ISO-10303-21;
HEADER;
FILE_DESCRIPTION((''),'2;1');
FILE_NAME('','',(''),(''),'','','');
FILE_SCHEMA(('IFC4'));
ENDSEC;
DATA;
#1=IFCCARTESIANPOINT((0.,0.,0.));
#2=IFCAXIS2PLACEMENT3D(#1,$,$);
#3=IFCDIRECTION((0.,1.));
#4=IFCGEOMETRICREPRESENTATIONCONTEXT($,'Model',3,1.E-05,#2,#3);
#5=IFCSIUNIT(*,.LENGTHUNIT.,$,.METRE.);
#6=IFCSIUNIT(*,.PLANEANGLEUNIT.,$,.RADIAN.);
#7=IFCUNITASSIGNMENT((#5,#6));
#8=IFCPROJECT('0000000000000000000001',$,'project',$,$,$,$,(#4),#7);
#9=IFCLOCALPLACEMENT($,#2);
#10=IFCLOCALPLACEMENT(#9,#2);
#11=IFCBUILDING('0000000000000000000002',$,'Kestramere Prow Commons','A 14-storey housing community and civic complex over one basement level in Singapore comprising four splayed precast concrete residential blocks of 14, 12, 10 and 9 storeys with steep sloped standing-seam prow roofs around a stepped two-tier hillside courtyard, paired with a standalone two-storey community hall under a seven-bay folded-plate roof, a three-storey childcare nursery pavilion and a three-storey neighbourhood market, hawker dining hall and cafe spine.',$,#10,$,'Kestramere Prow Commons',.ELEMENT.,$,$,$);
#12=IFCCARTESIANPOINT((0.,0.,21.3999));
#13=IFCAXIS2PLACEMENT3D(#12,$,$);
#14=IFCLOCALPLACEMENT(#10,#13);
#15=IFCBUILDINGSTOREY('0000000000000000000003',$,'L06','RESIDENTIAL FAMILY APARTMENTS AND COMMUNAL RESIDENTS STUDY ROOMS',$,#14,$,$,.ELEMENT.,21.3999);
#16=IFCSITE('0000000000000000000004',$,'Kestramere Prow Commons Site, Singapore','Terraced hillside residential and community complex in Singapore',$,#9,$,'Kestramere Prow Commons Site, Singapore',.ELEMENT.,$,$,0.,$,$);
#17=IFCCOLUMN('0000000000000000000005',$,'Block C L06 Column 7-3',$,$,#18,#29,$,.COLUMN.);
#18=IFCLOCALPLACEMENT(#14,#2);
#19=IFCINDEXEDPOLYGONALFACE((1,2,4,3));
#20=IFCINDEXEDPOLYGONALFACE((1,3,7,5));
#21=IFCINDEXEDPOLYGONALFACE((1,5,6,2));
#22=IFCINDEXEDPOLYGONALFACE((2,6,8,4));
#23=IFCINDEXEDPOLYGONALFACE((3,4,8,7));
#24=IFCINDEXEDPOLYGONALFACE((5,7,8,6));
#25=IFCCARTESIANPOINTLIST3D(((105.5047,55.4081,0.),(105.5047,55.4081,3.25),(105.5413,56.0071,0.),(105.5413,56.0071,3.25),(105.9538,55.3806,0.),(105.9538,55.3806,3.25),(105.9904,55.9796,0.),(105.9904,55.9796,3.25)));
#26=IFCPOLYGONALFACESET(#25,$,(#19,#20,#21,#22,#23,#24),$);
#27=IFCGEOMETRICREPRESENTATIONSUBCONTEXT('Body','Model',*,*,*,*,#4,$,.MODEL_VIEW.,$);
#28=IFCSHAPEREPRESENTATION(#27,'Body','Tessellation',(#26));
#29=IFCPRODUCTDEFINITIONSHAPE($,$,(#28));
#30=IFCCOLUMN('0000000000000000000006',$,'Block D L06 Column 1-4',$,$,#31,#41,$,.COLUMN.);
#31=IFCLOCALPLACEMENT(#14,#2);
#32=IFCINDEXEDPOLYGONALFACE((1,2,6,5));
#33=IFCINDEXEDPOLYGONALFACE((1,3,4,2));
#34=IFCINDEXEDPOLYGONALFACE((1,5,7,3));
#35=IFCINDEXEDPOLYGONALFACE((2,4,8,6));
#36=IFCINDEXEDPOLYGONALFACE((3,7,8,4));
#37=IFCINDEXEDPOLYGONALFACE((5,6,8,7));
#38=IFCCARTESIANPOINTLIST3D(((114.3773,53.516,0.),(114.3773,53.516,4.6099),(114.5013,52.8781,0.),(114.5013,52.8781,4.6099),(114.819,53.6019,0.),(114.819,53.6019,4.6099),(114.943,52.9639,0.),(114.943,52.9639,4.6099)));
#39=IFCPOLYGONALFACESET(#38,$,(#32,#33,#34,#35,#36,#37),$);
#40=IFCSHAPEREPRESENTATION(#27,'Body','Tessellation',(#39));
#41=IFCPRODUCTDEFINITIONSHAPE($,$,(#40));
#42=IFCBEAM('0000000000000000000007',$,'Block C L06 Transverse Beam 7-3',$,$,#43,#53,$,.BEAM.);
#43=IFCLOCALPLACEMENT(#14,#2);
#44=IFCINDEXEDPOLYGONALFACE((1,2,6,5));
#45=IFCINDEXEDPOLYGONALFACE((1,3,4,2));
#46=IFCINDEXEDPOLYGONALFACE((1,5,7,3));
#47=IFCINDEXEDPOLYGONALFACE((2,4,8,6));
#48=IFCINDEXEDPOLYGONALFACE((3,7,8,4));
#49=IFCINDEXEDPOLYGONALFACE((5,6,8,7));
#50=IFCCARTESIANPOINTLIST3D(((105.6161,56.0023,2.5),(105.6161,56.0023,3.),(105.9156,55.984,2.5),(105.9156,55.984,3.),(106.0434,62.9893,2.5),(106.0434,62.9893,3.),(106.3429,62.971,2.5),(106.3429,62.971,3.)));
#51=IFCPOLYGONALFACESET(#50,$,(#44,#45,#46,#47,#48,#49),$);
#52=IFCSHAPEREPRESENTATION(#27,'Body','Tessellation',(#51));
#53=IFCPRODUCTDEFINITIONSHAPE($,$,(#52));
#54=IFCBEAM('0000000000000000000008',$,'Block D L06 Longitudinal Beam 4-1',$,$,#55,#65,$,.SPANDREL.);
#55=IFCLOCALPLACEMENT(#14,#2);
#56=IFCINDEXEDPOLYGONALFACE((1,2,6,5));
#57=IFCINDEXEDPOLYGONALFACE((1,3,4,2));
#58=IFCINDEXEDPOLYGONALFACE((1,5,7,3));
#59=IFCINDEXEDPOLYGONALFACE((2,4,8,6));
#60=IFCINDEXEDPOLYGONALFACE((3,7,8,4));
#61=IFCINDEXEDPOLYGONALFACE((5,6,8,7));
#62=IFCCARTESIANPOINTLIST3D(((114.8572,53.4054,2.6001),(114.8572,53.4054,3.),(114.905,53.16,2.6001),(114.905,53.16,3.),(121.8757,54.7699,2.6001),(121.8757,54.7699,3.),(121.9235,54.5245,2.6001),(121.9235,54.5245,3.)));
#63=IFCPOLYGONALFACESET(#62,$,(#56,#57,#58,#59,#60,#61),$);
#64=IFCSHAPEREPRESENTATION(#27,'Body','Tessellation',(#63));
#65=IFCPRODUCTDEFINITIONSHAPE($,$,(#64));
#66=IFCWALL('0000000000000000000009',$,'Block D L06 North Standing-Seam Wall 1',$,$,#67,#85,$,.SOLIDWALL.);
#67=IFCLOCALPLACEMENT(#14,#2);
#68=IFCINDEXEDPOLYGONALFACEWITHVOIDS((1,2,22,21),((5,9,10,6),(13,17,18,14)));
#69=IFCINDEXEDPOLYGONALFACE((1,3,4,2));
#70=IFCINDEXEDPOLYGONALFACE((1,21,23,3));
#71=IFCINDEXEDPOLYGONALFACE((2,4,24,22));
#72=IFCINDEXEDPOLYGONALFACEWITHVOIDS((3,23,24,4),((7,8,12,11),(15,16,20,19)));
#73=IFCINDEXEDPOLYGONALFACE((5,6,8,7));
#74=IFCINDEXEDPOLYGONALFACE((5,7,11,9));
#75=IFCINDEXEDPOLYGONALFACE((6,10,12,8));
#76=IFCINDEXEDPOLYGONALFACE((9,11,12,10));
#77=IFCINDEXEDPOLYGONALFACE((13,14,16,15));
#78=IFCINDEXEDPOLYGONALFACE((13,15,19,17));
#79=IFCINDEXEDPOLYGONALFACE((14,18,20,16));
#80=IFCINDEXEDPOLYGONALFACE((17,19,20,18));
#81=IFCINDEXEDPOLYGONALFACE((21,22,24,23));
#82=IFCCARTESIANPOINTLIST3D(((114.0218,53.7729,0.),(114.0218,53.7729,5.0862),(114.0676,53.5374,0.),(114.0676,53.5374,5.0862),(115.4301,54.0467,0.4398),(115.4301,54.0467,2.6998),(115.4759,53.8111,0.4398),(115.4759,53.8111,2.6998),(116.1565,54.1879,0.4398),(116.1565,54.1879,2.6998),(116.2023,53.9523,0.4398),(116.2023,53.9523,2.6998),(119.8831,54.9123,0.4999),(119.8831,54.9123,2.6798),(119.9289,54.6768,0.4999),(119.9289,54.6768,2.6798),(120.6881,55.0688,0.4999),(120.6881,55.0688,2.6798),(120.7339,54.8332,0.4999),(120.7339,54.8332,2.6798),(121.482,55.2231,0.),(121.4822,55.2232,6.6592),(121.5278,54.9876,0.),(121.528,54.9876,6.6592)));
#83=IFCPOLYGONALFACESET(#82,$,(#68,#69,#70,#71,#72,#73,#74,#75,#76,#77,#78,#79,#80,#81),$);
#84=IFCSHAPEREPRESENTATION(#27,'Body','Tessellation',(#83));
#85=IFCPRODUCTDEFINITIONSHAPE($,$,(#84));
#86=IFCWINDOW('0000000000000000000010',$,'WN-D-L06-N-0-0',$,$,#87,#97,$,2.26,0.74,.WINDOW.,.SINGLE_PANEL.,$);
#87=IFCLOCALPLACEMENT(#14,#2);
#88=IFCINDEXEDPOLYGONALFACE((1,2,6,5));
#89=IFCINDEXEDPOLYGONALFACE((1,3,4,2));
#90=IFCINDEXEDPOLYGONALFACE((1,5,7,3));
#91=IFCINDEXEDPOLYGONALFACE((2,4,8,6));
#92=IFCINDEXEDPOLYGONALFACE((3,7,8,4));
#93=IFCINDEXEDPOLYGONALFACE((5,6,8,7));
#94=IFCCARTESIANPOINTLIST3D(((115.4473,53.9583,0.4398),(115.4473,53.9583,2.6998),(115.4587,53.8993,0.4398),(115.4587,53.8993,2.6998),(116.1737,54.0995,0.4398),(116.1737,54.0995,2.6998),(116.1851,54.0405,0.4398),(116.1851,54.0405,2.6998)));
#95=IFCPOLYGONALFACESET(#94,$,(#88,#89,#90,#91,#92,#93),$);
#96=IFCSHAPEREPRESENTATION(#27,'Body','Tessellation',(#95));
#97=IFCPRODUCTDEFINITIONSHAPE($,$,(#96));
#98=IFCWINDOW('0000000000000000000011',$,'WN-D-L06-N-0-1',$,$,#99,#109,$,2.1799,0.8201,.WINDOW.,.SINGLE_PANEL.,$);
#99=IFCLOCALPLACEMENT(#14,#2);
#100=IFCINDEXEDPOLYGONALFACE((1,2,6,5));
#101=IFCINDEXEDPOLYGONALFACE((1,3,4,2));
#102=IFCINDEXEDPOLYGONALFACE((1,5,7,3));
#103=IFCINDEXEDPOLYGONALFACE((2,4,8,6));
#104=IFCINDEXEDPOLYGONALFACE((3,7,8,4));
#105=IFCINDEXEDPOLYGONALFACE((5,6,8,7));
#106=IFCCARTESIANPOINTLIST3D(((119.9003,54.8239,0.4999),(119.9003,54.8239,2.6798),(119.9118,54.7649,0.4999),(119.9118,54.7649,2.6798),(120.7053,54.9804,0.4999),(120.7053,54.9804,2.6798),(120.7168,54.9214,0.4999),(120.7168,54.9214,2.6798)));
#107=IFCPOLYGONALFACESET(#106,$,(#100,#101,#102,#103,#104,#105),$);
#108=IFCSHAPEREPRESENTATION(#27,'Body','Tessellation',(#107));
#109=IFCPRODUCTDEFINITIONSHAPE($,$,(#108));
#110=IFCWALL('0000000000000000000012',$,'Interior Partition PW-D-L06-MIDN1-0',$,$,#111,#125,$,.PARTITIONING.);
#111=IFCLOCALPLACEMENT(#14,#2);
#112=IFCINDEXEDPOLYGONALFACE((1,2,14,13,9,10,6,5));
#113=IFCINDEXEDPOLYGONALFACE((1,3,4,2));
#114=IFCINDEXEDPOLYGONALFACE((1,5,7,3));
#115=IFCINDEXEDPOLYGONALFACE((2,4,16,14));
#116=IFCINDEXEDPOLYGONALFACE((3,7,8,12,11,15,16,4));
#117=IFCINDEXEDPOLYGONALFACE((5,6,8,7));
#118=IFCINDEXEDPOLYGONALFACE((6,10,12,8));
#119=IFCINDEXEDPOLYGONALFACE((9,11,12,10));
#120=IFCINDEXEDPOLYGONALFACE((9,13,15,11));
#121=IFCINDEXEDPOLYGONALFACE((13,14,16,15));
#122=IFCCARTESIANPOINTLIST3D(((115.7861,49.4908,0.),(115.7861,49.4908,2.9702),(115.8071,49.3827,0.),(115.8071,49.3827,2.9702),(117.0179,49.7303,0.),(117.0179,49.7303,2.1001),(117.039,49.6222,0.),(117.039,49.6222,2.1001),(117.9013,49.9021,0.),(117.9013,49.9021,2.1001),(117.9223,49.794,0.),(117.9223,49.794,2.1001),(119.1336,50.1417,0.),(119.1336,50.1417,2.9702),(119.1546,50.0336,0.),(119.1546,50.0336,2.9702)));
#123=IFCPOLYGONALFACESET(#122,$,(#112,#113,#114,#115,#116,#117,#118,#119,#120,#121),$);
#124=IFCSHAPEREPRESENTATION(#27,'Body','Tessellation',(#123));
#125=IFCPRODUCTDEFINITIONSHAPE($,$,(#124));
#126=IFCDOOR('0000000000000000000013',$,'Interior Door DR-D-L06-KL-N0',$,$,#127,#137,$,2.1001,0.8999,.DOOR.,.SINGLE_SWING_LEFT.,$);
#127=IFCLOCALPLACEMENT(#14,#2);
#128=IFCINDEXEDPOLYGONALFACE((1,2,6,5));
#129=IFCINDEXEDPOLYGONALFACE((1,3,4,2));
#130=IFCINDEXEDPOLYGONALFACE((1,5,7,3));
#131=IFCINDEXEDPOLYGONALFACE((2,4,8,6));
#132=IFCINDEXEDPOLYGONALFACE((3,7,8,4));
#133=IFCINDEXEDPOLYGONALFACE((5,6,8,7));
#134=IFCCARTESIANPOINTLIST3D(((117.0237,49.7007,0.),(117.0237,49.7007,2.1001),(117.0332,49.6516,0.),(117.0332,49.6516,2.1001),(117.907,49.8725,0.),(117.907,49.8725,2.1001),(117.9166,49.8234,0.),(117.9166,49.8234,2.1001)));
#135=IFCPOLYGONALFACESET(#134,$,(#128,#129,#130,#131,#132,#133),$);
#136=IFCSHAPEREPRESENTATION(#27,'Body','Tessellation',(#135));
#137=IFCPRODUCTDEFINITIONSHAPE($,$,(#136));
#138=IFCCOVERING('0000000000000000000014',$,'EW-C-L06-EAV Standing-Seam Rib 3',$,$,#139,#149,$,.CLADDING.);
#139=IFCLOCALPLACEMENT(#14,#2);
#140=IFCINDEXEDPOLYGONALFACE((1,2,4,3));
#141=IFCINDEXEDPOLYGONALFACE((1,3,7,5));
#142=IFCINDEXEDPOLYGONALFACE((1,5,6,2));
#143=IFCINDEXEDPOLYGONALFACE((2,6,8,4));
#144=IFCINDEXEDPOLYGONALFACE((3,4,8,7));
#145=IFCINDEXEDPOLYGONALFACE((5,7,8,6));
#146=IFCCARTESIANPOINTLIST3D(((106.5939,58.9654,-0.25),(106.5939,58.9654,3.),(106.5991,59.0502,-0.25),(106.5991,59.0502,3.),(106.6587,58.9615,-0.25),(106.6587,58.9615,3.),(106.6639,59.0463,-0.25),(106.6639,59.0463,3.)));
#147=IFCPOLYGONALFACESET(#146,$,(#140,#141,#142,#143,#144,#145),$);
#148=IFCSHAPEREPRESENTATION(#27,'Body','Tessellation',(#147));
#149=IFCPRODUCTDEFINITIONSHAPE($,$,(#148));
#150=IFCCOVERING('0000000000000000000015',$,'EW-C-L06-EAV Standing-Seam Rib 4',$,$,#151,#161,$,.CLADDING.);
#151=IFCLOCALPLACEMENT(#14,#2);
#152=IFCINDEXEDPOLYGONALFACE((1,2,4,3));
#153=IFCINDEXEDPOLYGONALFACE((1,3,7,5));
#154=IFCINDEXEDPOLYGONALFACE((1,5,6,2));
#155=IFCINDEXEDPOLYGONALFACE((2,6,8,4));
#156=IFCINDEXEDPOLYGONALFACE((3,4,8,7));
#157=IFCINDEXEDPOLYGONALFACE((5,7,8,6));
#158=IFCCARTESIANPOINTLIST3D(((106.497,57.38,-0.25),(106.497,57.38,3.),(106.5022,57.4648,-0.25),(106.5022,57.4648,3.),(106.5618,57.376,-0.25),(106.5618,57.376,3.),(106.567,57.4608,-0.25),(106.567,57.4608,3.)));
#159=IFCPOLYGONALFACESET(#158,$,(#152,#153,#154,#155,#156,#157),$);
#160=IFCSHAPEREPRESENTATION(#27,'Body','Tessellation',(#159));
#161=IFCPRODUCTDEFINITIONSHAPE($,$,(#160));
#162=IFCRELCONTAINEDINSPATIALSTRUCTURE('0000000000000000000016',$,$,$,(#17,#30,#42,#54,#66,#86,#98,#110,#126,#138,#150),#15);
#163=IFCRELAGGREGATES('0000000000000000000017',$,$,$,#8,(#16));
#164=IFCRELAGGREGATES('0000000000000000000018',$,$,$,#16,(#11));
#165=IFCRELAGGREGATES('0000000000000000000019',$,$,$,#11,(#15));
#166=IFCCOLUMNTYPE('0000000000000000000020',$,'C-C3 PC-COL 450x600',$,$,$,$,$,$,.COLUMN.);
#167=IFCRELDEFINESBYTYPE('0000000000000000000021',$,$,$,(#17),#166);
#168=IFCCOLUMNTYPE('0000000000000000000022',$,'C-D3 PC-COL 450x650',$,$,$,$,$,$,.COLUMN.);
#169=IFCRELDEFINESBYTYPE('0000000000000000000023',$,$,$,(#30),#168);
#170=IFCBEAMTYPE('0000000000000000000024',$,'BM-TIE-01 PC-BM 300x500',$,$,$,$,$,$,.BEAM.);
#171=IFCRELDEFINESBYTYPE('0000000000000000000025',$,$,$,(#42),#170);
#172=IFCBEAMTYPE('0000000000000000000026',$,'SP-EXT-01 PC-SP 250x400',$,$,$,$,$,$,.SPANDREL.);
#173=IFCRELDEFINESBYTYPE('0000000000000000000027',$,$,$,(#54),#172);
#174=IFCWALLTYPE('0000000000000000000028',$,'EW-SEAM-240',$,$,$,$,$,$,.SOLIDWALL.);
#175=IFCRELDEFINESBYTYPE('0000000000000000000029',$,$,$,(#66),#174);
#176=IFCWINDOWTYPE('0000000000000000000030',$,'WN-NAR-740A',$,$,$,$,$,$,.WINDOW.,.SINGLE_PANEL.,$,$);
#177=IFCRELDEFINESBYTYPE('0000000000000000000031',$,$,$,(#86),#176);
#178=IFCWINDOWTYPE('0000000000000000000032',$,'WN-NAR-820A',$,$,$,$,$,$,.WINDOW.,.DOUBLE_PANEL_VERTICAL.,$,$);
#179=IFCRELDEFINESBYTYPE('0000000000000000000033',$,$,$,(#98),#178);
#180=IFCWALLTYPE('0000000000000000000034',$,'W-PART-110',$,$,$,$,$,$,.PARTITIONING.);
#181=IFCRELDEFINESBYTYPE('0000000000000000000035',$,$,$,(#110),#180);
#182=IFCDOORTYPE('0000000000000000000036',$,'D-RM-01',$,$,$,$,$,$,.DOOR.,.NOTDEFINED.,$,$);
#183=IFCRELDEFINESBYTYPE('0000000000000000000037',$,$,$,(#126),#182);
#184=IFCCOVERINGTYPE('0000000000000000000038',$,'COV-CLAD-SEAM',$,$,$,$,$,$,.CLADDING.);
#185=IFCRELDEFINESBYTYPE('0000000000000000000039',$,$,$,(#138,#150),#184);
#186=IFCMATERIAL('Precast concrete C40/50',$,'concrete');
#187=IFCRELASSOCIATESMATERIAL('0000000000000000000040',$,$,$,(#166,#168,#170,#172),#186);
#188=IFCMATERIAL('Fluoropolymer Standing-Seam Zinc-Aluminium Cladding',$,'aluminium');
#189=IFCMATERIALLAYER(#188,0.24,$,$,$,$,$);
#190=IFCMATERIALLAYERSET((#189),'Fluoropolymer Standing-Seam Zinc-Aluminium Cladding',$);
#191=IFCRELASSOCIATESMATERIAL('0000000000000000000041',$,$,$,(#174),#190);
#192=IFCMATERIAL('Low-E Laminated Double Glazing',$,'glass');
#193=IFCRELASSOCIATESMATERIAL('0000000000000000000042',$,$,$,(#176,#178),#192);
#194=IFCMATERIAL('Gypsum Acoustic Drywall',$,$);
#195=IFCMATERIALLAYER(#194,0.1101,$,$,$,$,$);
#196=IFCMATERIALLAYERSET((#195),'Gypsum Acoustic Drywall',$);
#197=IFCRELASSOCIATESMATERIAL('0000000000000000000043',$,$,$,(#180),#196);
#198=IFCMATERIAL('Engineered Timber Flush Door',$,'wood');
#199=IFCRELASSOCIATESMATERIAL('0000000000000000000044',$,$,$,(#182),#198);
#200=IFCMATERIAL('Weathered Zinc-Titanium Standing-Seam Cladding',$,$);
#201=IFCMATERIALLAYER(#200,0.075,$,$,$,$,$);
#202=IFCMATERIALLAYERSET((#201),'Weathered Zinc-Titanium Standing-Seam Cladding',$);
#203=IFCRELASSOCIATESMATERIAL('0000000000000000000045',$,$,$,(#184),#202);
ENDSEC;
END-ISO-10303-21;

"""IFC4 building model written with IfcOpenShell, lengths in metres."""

from ifc_helpers import new_model, si_unit, direction, frame, frame_2d, origin, origin_2d, place, context, subcontext, project, spatial, polyline, rectangle, outline, extrude, material, layer, layer_set, material_profile, profile_set, type_object, element, fill, save


model = new_model("IFC4")

# Units and contexts
model_context = context("Model", 3, precision=1e-05, world=origin(), true_north=direction((0.0, 1.0)))
body_context = subcontext(model_context, "Body", "Model", "MODEL_VIEW")
ifc_project = project(units=[si_unit("LENGTHUNIT", "METRE"), si_unit("PLANEANGLEUNIT", "RADIAN")], contexts=[model_context])

# Site, building, storey
site_placement = place(None, origin())
site = spatial("IfcSite", under=ifc_project, at=site_placement, Name="Kestramere Prow Commons Site, Singapore", Description="Terraced hillside residential and community complex in Singapore", LongName="Kestramere Prow Commons Site, Singapore", CompositionType="ELEMENT", RefElevation=0.0)
building_placement = place(site_placement, origin())
building = spatial("IfcBuilding", under=site, at=building_placement, Name="Kestramere Prow Commons", Description="A 14-storey housing community and civic complex over one basement level in Singapore comprising four splayed precast concrete residential blocks of 14, 12, 10 and 9 storeys with steep sloped standing-seam prow roofs around a stepped two-tier hillside courtyard, paired with a standalone two-storey community hall under a seven-bay folded-plate roof, a three-storey childcare nursery pavilion and a three-storey neighbourhood market, hawker dining hall and cafe spine.", LongName="Kestramere Prow Commons", CompositionType="ELEMENT")
storey_placement = place(building_placement, frame((0.0, 0.0, 21.3999)))
storey = spatial("IfcBuildingStorey", under=building, at=storey_placement, Name="L06", Description="RESIDENTIAL FAMILY APARTMENTS AND COMMUNAL RESIDENTS STUDY ROOMS", CompositionType="ELEMENT", Elevation=21.3999)

# Columns
ifc_material_1 = material(Name="Precast concrete C40/50", Category="concrete")
ifc_material_profile_1 = material_profile(ifc_material_1, rectangle(XDim=0.45, YDim=0.6001, at=origin_2d()), Name="PC-COL 450x600")
ifc_profile_set_1 = profile_set([ifc_material_profile_1], Name="Precast concrete C40/50")
column_type_1 = type_object("IfcColumnType", Name="C-C3 PC-COL 450x600", PredefinedType="COLUMN", material=ifc_profile_set_1)
column_1_placement = place(storey_placement, frame((105.7476, 55.6938, 0.0), z_axis=(0.0, 0.0, 1.0), x_axis=(0.998135, -0.061049, 0.0)))
element("IfcColumn", 1, at=column_1_placement, inside=storey, type_object=column_type_1, Name="Block C L06 Column 7-3", PredefinedType="COLUMN", context=body_context, shape_type="SweptSolid", body=[
    extrude(rectangle(XDim=0.45, YDim=0.6001, at=origin_2d()), origin(), (0.0, 0.0, 1.0), 3.25),
])
ifc_material_profile_2 = material_profile(ifc_material_1, rectangle(XDim=0.45, YDim=0.6499, at=origin_2d()), Name="PC-COL 450x650")
ifc_profile_set_2 = profile_set([ifc_material_profile_2], Name="Precast concrete C40/50")
column_type_2 = type_object("IfcColumnType", Name="C-D3 PC-COL 450x650", PredefinedType="COLUMN", material=ifc_profile_set_2)
column_2_placement = place(storey_placement, frame((114.6602, 53.24, 0.0), z_axis=(0.0, 0.0, 1.0), x_axis=(0.981627, 0.190809, 0.0)))
element("IfcColumn", 2, at=column_2_placement, inside=storey, type_object=column_type_2, Name="Block D L06 Column 1-4", PredefinedType="COLUMN", context=body_context, shape_type="SweptSolid", body=[
    extrude(rectangle(XDim=0.45, YDim=0.6499, at=origin_2d()), origin(), (0.0, 0.0, 1.0), 4.6099),
])

# Beams
ifc_material_profile_3 = material_profile(ifc_material_1, rectangle(XDim=0.3, YDim=0.5, at=origin_2d()), Name="PC-BM 300x500")
ifc_profile_set_3 = profile_set([ifc_material_profile_3], Name="Precast concrete C40/50")
beam_type_1 = type_object("IfcBeamType", Name="BM-TIE-01 PC-BM 300x500", PredefinedType="BEAM", material=ifc_profile_set_3)
beam_1_placement = place(storey_placement, frame((105.7659, 55.9932, 2.75), z_axis=(0.061034, 0.998136, 0.0), x_axis=(-0.998136, 0.061034, 0.0)))
element("IfcBeam", 3, at=beam_1_placement, inside=storey, type_object=beam_type_1, Name="Block C L06 Transverse Beam 7-3", PredefinedType="BEAM", context=body_context, shape_type="SweptSolid", body=[
    extrude(rectangle(XDim=0.3, YDim=0.5, at=origin_2d()), origin(), (0.0, 0.0, 1.0), 7.0),
])
ifc_material_profile_4 = material_profile(ifc_material_1, rectangle(XDim=0.25, YDim=0.3999, at=origin_2d()), Name="PC-SP 250x400")
ifc_profile_set_4 = profile_set([ifc_material_profile_4], Name="Precast concrete C40/50")
beam_type_2 = type_object("IfcBeamType", Name="SP-EXT-01 PC-SP 250x400", PredefinedType="SPANDREL", material=ifc_profile_set_4)
beam_2_placement = place(storey_placement, frame((114.8811, 53.2827, 2.8), z_axis=(0.981621, 0.19084, 0.0), x_axis=(-0.19084, 0.981621, 0.0)))
element("IfcBeam", 4, at=beam_2_placement, inside=storey, type_object=beam_type_2, Name="Block D L06 Longitudinal Beam 4-1", PredefinedType="SPANDREL", context=body_context, shape_type="SweptSolid", body=[
    extrude(rectangle(XDim=0.25, YDim=0.3999, at=origin_2d()), origin(), (0.0, 0.0, 1.0), 7.1499),
])

# Wall, openings, windows
ifc_material_2 = material(Name="Fluoropolymer Standing-Seam Zinc-Aluminium Cladding", Category="aluminium")
ifc_layer_1 = layer(ifc_material_2, 0.24)
ifc_layer_set_1 = layer_set([ifc_layer_1], Name="Fluoropolymer Standing-Seam Zinc-Aluminium Cladding")
wall_type_1 = type_object("IfcWallType", Name="EW-SEAM-240", PredefinedType="SOLIDWALL", material=ifc_layer_set_1)
wall_1_placement = place(storey_placement, frame((114.0447, 53.655, 0.0), z_axis=(0.0, 0.0, 1.0), x_axis=(0.981625, 0.190819, 0.0)))
wall_1 = element("IfcWall", 5, at=wall_1_placement, inside=storey, type_object=wall_type_1, Name="Block D L06 North Standing-Seam Wall 1", PredefinedType="SOLIDWALL", context=body_context, shape_type="SweptSolid", body=[
    extrude(outline(polyline([(0.0, 0.0), (7.5999, 0.0), (7.6001, 6.6592), (0.0, 5.0862), (0.0, 0.0)])), frame((0.0, 0.1201, 0.0), z_axis=(0.0, -1.0, 0.0), x_axis=(1.0, 0.0, 0.0)), (0.0, 0.0, 1.0), 0.24),
])
opening_1_placement = place(wall_1_placement, frame((1.4346, 0.0, 0.4399)))
opening_1 = element("IfcOpeningElement", 6, at=opening_1_placement, cuts=wall_1, PredefinedType="OPENING", context=body_context, shape_type="SweptSolid", body=[
    extrude(rectangle(XDim=0.74, YDim=2.26, at=frame_2d((0.3701, 1.1299))), frame((0.0, 0.135, 0.0), z_axis=(0.0, -1.0, 0.0), x_axis=(1.0, 0.0, 0.0)), (0.0, 0.0, 1.0), 0.27),
])
opening_2_placement = place(wall_1_placement, frame((5.9709, 0.0, 0.5)))
opening_2 = element("IfcOpeningElement", 7, at=opening_2_placement, cuts=wall_1, PredefinedType="OPENING", context=body_context, shape_type="SweptSolid", body=[
    extrude(rectangle(XDim=0.8201, YDim=2.1799, at=frame_2d((0.4102, 1.0898))), frame((0.0, 0.135, 0.0), z_axis=(0.0, -1.0, 0.0), x_axis=(1.0, 0.0, 0.0)), (0.0, 0.0, 1.0), 0.27),
])
ifc_material_3 = material(Name="Low-E Laminated Double Glazing", Category="glass")
window_type_1 = type_object("IfcWindowType", Name="WN-NAR-740A", PartitioningType="SINGLE_PANEL", PredefinedType="WINDOW", material=ifc_material_3)
window_1_placement = place(opening_1_placement, origin())
window_1 = element("IfcWindow", 8, at=window_1_placement, inside=storey, type_object=window_type_1, Name="WN-D-L06-N-0-0", OverallHeight=2.26, OverallWidth=0.74, PartitioningType="SINGLE_PANEL", PredefinedType="WINDOW", context=body_context, shape_type="SweptSolid", body=[
    extrude(rectangle(XDim=0.74, YDim=2.26, at=frame_2d((0.3701, 1.1299))), frame((0.0, 0.03, 0.0), z_axis=(0.0, -1.0, 0.0), x_axis=(1.0, 0.0, 0.0)), (0.0, 0.0, 1.0), 0.0601),
])
fill(opening_1, window_1)
window_type_2 = type_object("IfcWindowType", Name="WN-NAR-820A", PartitioningType="DOUBLE_PANEL_VERTICAL", PredefinedType="WINDOW", material=ifc_material_3)
window_2_placement = place(opening_2_placement, origin())
window_2 = element("IfcWindow", 9, at=window_2_placement, inside=storey, type_object=window_type_2, Name="WN-D-L06-N-0-1", OverallHeight=2.1799, OverallWidth=0.8201, PartitioningType="SINGLE_PANEL", PredefinedType="WINDOW", context=body_context, shape_type="SweptSolid", body=[
    extrude(rectangle(XDim=0.8201, YDim=2.1799, at=frame_2d((0.4102, 1.0898))), frame((0.0, 0.03, 0.0), z_axis=(0.0, -1.0, 0.0), x_axis=(1.0, 0.0, 0.0)), (0.0, 0.0, 1.0), 0.0601),
])
fill(opening_2, window_2)

# Wall, opening, door
ifc_material_4 = material(Name="Gypsum Acoustic Drywall")
ifc_layer_2 = layer(ifc_material_4, 0.1101)
ifc_layer_set_2 = layer_set([ifc_layer_2], Name="Gypsum Acoustic Drywall")
wall_type_2 = type_object("IfcWallType", Name="W-PART-110", PredefinedType="PARTITIONING", material=ifc_layer_set_2)
wall_2_placement = place(storey_placement, frame((115.7966, 49.4368, 0.0), z_axis=(0.0, 0.0, 1.0), x_axis=(0.981616, 0.190868, 0.0)))
wall_2 = element("IfcWall", 10, at=wall_2_placement, inside=storey, type_object=wall_type_2, Name="Interior Partition PW-D-L06-MIDN1-0", PredefinedType="PARTITIONING", context=body_context, shape_type="SweptSolid", body=[
    extrude(rectangle(XDim=3.4102, YDim=0.1101, at=frame_2d((1.7051, 0.0))), origin(), (0.0, 0.0, 1.0), 2.9702),
])
opening_3_placement = place(wall_2_placement, frame((1.2549, 0.0, 0.0)))
opening_3 = element("IfcOpeningElement", 11, at=opening_3_placement, cuts=wall_2, PredefinedType="OPENING", context=body_context, shape_type="SweptSolid", body=[
    extrude(rectangle(XDim=0.8999, YDim=2.1001, at=frame_2d((0.45, 1.05))), frame((0.0, 0.0701, 0.0), z_axis=(0.0, -1.0, 0.0), x_axis=(1.0, 0.0, 0.0)), (0.0, 0.0, 1.0), 0.1401),
])
ifc_material_5 = material(Name="Engineered Timber Flush Door", Category="wood")
door_type = type_object("IfcDoorType", Name="D-RM-01", OperationType="NOTDEFINED", PredefinedType="DOOR", material=ifc_material_5)
door_placement = place(opening_3_placement, origin())
door = element("IfcDoor", 12, at=door_placement, inside=storey, type_object=door_type, Name="Interior Door DR-D-L06-KL-N0", OperationType="SINGLE_SWING_LEFT", OverallHeight=2.1001, OverallWidth=0.8999, PredefinedType="DOOR", context=body_context, shape_type="SweptSolid", body=[
    extrude(rectangle(XDim=0.8999, YDim=2.1001, at=frame_2d((0.45, 1.05))), frame((0.0, 0.0249, 0.0), z_axis=(0.0, -1.0, 0.0), x_axis=(1.0, 0.0, 0.0)), (0.0, 0.0, 1.0), 0.05),
])
fill(opening_3, door)

# Coverings
ifc_material_6 = material(Name="Weathered Zinc-Titanium Standing-Seam Cladding")
ifc_layer_3 = layer(ifc_material_6, 0.075)
ifc_layer_set_3 = layer_set([ifc_layer_3], Name="Weathered Zinc-Titanium Standing-Seam Cladding")
covering_type = type_object("IfcCoveringType", Name="COV-CLAD-SEAM", PredefinedType="CLADDING", material=ifc_layer_set_3)
for number, where, z_axis, x_axis, name in (
    (13, (106.6289, 59.0059, -0.25), (0.0, 0.0, 1.0), (-0.061049, -0.998135, 0.0), "EW-C-L06-EAV Standing-Seam Rib 3"),
    (14, (106.532, 57.4204, -0.25), (0.0, 0.0, 1.0), (-0.061049, -0.998135, 0.0), "EW-C-L06-EAV Standing-Seam Rib 4"),
):
    element("IfcCovering", number, at=place(storey_placement, frame(where, z_axis=z_axis, x_axis=x_axis)), inside=storey, type_object=covering_type, Name=name, PredefinedType="CLADDING", context=body_context, shape_type="SweptSolid", body=[
        extrude(rectangle(XDim=0.085, YDim=0.0649, at=origin_2d()), origin(), (0.0, 0.0, 1.0), 3.25),
    ])

save(model, "model.ifc")
